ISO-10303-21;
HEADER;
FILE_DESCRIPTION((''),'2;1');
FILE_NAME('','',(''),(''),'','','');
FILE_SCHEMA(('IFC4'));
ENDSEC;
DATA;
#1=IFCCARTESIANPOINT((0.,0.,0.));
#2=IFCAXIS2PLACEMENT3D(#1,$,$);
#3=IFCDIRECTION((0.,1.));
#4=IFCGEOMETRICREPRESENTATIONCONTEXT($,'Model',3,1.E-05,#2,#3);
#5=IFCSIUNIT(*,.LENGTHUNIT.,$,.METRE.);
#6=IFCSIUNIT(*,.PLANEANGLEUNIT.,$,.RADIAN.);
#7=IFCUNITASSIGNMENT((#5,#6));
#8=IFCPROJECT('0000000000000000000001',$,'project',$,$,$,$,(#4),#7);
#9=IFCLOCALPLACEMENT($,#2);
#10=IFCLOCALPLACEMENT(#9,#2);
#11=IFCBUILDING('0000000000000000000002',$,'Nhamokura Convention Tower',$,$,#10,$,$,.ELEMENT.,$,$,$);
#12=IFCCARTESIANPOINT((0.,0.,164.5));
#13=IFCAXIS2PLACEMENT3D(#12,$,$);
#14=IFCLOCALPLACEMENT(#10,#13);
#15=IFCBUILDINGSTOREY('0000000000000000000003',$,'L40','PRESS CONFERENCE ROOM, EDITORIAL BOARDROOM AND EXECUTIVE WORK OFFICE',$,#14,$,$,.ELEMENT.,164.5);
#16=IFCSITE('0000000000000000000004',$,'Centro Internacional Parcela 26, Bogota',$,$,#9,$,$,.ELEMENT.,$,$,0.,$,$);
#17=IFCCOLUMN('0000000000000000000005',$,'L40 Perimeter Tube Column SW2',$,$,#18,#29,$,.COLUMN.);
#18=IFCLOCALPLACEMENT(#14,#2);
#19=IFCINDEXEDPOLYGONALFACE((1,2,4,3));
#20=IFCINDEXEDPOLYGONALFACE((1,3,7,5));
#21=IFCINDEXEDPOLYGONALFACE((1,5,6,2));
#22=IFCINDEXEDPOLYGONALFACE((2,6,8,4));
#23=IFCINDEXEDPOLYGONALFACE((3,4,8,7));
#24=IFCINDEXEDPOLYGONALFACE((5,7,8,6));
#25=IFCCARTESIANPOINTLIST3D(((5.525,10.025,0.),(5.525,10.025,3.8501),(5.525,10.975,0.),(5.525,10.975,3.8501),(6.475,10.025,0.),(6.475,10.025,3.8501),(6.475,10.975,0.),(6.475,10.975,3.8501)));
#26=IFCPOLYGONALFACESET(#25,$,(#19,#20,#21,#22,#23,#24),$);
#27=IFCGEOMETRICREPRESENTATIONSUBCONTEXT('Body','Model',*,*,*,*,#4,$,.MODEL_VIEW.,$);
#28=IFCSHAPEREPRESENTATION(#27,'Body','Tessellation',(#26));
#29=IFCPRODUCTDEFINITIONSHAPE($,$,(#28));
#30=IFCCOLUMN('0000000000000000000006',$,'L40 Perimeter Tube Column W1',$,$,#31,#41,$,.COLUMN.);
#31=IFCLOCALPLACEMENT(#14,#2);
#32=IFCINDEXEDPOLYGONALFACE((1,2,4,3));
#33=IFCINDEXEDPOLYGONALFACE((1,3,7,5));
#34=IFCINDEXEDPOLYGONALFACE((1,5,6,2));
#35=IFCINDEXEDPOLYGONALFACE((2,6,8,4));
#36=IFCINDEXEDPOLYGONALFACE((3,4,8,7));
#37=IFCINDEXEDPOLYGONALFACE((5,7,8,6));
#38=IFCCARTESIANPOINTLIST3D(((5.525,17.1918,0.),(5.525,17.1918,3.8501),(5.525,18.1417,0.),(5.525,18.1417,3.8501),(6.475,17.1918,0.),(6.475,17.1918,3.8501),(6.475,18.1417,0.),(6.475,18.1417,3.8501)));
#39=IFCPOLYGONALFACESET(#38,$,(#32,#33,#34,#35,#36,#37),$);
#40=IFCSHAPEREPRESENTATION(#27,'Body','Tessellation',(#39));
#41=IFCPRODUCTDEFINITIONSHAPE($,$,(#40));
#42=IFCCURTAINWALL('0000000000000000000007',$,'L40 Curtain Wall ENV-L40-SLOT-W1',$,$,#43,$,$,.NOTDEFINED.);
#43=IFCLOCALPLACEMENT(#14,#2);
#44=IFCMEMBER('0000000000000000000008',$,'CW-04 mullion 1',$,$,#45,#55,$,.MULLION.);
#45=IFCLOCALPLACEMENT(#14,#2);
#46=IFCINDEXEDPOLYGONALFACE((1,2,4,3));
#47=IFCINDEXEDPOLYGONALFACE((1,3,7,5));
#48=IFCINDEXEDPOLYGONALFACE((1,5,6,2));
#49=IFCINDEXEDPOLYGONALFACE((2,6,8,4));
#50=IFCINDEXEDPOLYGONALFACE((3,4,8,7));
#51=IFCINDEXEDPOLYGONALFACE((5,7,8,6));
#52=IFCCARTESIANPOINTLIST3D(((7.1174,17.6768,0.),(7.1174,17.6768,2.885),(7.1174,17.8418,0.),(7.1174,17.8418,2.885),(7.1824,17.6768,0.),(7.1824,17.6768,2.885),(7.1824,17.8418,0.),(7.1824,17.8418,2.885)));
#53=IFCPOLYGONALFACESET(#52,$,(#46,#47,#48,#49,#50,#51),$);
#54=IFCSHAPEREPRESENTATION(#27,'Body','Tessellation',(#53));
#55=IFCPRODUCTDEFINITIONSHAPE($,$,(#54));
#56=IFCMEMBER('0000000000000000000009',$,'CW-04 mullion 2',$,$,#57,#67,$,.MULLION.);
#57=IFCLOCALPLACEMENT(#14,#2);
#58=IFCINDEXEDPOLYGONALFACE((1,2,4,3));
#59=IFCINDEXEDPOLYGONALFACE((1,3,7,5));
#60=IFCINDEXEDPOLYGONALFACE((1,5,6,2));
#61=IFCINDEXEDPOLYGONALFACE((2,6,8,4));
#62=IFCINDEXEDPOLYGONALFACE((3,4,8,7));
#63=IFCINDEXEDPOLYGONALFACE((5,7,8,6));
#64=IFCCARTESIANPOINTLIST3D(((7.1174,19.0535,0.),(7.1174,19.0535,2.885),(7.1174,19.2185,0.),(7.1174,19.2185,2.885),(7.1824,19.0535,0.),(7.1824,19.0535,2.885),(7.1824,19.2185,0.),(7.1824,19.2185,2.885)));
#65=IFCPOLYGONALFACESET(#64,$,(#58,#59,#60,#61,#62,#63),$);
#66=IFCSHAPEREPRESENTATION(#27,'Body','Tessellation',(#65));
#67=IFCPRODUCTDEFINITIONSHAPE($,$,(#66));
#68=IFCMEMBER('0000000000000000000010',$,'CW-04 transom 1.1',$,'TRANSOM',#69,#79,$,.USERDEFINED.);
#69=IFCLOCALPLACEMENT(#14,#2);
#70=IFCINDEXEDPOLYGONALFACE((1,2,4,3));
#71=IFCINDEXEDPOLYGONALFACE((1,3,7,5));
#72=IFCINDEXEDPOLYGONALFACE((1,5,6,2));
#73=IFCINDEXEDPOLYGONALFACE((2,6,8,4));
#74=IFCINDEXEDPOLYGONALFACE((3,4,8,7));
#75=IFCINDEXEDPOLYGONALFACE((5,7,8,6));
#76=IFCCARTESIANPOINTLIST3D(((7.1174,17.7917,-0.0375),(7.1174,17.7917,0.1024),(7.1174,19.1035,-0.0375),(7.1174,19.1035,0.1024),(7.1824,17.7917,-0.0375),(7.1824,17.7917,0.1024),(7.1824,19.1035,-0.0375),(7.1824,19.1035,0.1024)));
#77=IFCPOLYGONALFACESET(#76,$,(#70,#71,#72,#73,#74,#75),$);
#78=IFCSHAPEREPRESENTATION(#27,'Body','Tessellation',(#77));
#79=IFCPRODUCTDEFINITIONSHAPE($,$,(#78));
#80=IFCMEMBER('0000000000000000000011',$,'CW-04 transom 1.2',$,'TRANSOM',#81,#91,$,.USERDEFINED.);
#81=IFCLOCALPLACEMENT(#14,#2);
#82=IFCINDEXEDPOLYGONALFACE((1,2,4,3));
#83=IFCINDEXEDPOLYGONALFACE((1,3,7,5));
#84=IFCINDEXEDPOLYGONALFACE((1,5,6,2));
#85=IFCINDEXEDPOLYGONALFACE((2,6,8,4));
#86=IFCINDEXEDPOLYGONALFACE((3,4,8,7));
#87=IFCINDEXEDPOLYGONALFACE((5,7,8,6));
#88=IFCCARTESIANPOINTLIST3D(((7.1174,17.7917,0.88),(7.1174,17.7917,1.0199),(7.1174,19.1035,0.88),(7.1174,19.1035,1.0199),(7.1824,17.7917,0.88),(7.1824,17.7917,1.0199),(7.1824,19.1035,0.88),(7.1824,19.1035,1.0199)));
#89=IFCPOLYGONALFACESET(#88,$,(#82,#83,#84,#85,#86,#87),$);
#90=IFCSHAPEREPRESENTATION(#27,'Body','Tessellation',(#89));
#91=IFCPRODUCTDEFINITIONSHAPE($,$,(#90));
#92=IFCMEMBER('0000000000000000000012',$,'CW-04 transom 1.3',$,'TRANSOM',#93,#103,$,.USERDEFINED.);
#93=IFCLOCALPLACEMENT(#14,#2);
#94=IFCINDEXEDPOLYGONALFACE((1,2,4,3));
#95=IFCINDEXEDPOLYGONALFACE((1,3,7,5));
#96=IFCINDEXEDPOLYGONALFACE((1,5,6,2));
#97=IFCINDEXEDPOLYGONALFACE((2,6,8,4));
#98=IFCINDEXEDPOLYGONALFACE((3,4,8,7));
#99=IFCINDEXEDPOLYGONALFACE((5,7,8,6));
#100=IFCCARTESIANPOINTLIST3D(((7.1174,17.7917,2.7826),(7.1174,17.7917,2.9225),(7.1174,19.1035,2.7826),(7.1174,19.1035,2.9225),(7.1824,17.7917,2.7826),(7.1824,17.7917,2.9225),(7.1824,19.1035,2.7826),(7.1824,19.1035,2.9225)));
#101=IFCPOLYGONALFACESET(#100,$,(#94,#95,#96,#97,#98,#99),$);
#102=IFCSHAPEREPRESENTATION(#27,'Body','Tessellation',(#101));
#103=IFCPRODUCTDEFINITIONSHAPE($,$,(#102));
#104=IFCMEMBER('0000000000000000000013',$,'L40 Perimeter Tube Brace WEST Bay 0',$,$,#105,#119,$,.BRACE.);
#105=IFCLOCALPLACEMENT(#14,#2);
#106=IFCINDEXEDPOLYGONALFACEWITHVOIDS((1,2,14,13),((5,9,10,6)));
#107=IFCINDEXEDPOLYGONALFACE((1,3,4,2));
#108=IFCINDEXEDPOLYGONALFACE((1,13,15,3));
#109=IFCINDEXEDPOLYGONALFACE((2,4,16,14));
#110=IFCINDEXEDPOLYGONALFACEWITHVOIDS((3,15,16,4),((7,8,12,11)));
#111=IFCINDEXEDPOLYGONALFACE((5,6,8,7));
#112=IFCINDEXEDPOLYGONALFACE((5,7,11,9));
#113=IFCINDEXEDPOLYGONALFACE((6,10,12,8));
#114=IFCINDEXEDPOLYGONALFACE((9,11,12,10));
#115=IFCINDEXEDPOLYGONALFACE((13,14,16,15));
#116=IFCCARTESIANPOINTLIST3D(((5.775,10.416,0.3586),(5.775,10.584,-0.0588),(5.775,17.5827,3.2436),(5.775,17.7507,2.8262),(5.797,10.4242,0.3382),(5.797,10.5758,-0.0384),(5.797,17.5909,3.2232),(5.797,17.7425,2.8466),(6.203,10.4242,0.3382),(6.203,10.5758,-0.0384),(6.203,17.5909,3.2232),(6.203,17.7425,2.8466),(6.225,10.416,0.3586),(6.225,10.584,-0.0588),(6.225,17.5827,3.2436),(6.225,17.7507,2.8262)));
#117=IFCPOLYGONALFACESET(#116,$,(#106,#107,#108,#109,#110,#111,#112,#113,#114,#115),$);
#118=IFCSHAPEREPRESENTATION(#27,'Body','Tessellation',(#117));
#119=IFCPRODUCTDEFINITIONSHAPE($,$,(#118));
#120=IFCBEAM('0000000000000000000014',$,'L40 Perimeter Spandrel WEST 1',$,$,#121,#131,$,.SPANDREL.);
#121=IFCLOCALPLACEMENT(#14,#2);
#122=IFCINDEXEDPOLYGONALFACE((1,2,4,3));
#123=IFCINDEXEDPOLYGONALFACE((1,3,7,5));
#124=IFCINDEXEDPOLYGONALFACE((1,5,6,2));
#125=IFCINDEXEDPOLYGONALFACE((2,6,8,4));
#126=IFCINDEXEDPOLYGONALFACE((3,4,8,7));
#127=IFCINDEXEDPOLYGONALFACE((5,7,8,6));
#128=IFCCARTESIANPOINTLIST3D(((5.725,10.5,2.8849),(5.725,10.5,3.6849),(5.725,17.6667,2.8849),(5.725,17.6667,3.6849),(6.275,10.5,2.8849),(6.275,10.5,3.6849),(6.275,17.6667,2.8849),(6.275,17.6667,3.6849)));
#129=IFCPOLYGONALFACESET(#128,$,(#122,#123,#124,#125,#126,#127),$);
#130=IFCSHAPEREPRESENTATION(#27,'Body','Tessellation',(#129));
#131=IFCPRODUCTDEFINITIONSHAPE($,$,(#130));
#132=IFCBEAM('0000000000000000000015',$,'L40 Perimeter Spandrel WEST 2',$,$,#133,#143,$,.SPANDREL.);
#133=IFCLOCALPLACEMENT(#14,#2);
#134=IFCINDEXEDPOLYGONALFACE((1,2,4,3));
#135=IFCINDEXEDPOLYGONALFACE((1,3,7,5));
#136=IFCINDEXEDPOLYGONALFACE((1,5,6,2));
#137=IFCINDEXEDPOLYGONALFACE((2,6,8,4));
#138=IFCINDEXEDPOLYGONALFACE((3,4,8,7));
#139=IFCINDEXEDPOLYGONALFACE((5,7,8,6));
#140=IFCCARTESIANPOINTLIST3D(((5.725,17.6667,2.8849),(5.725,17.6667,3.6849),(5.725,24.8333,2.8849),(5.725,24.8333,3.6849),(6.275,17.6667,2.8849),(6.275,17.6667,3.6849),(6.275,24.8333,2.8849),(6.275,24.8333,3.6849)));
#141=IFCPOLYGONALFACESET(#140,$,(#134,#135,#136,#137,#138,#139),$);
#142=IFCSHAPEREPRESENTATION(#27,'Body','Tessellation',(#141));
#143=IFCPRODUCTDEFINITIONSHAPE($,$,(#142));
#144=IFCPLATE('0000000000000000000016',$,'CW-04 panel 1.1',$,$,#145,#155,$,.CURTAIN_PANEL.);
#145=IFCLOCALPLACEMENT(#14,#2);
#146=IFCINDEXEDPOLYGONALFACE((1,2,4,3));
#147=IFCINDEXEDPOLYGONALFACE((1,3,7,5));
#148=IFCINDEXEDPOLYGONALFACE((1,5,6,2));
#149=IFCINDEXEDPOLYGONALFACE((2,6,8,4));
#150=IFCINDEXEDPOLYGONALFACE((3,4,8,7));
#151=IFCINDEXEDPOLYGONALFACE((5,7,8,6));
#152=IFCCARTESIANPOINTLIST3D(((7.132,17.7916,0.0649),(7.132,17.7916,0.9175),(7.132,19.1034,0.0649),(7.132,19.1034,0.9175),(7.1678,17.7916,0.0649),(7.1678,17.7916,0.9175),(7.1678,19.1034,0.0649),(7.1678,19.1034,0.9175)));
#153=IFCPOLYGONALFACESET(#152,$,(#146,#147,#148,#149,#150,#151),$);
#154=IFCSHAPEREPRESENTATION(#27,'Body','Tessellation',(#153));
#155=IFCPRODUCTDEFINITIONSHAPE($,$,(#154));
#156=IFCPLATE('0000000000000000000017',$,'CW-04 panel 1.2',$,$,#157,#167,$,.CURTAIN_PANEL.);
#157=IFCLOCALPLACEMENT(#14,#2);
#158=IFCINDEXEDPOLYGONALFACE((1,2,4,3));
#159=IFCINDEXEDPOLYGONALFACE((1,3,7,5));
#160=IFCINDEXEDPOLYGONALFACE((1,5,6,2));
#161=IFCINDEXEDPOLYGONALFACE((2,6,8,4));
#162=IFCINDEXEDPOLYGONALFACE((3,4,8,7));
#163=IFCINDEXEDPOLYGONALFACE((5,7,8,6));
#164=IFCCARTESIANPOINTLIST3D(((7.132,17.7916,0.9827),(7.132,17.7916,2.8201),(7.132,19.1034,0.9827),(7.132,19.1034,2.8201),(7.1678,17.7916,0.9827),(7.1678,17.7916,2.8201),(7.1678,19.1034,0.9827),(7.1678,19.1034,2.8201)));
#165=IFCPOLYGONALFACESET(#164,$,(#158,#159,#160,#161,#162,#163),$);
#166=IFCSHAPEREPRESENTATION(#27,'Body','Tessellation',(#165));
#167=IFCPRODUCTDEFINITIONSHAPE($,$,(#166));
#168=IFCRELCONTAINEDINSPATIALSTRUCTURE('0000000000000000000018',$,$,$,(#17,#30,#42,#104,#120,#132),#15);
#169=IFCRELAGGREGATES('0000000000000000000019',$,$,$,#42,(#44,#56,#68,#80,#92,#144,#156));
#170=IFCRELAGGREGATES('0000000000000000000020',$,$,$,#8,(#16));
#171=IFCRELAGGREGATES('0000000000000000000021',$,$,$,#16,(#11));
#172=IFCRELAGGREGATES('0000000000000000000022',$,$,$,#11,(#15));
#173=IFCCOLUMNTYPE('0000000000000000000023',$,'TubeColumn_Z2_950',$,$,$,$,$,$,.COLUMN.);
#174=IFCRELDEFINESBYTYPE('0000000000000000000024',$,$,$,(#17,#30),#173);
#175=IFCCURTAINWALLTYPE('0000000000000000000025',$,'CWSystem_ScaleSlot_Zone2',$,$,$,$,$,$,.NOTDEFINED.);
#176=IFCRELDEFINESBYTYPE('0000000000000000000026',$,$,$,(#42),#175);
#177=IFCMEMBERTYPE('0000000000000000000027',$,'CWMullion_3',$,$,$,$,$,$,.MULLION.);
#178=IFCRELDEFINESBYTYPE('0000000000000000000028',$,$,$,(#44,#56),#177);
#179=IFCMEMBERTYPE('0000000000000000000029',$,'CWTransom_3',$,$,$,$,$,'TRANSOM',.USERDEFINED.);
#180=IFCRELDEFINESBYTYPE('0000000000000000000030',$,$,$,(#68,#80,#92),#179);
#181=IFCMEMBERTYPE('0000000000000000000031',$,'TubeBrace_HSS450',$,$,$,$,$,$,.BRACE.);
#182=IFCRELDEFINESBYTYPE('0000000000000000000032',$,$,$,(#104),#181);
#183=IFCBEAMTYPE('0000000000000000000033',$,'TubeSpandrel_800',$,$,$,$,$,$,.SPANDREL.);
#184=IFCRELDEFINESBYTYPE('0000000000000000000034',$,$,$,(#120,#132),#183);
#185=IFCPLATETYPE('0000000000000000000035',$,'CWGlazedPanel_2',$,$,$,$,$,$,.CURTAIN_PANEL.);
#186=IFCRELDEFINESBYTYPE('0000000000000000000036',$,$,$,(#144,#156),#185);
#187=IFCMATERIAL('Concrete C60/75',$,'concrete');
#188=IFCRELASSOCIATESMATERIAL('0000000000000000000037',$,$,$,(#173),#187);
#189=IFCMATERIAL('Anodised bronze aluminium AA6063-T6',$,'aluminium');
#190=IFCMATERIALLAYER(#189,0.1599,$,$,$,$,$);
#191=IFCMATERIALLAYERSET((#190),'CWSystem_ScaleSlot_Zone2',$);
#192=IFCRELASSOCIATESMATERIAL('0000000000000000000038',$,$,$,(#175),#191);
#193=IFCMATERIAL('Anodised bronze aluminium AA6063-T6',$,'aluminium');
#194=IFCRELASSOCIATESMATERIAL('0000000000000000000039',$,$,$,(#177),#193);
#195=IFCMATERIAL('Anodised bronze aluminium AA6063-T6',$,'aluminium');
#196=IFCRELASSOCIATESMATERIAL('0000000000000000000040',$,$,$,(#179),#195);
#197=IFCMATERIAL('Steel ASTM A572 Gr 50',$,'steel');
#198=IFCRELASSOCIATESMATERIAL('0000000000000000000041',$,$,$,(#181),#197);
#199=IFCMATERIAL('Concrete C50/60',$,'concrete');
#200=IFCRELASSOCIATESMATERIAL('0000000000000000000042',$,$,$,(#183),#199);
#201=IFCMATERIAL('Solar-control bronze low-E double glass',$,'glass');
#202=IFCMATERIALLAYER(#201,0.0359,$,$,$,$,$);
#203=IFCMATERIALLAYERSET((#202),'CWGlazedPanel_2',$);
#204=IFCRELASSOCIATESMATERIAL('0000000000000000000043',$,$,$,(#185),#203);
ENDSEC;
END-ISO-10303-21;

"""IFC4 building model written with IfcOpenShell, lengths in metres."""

from ifc_helpers import new_model, si_unit, direction, frame, origin, origin_2d, place, context, subcontext, project, spatial, rectangle, hollow_rectangle, extrude, material, layer, layer_set, material_profile, profile_set, type_object, element, aggregate, save


model = new_model("IFC4")

# Units and contexts
model_context = context("Model", 3, precision=1e-05, world=origin(), true_north=direction((0.0, 1.0)))
body_context = subcontext(model_context, "Body", "Model", "MODEL_VIEW")
ifc_project = project(units=[si_unit("LENGTHUNIT", "METRE"), si_unit("PLANEANGLEUNIT", "RADIAN")], contexts=[model_context])

# Site, building, storey
site_placement = place(None, origin())
site = spatial("IfcSite", under=ifc_project, at=site_placement, Name="Centro Internacional Parcela 26, Bogota", CompositionType="ELEMENT", RefElevation=0.0)
building_placement = place(site_placement, origin())
building = spatial("IfcBuilding", under=site, at=building_placement, Name="Nhamokura Convention Tower", CompositionType="ELEMENT")
storey_placement = place(building_placement, frame((0.0, 0.0, 164.5)))
storey = spatial("IfcBuildingStorey", under=building, at=storey_placement, Name="L40", Description="PRESS CONFERENCE ROOM, EDITORIAL BOARDROOM AND EXECUTIVE WORK OFFICE", CompositionType="ELEMENT", Elevation=164.5)

# Columns
ifc_material_1 = material(Name="Concrete C60/75", Category="concrete")
ifc_material_profile_1 = material_profile(ifc_material_1, rectangle(XDim=0.95, YDim=0.95, at=origin_2d()))
ifc_profile_set_1 = profile_set([ifc_material_profile_1], Name="Concrete C60/75")
column_type = type_object("IfcColumnType", Name="TubeColumn_Z2_950", PredefinedType="COLUMN", material=ifc_profile_set_1)
for number, where, z_axis, x_axis, name in (
    (1, (6.0, 10.5, 0.0), (0.0, 0.0, 1.0), (1.0, 0.0, 0.0), "L40 Perimeter Tube Column SW2"),
    (2, (6.0, 17.6667, 0.0), (0.0, 0.0, 1.0), (1.0, 0.0, 0.0), "L40 Perimeter Tube Column W1"),
):
    element("IfcColumn", number, at=place(storey_placement, frame(where, z_axis=z_axis, x_axis=x_axis)), inside=storey, type_object=column_type, Name=name, PredefinedType="COLUMN", context=body_context, shape_type="SweptSolid", body=[
        extrude(rectangle(XDim=0.95, YDim=0.95, at=origin_2d()), origin(), (0.0, 0.0, 1.0), 3.8501),
    ])

# Curtain wall, members
ifc_material_2 = material(Name="Anodised bronze aluminium AA6063-T6", Category="aluminium")
ifc_layer_1 = layer(ifc_material_2, 0.1599)
ifc_layer_set_1 = layer_set([ifc_layer_1], Name="CWSystem_ScaleSlot_Zone2")
curtain_wall_type = type_object("IfcCurtainWallType", Name="CWSystem_ScaleSlot_Zone2", PredefinedType="NOTDEFINED", material=ifc_layer_set_1)
curtain_wall_placement = place(storey_placement, origin())
curtain_wall = element("IfcCurtainWall", 3, at=curtain_wall_placement, inside=storey, type_object=curtain_wall_type, Name="L40 Curtain Wall ENV-L40-SLOT-W1", PredefinedType="NOTDEFINED")
ifc_material_3 = material(Name="Anodised bronze aluminium AA6063-T6", Category="aluminium")
ifc_material_profile_2 = material_profile(ifc_material_3, rectangle(XDim=0.0649, YDim=0.165, at=origin_2d()))
ifc_profile_set_2 = profile_set([ifc_material_profile_2], Name="Anodised bronze aluminium AA6063-T6")
member_type_1 = type_object("IfcMemberType", Name="CWMullion_3", PredefinedType="MULLION", material=ifc_profile_set_2)
member_1_placement = place(storey_placement, frame((7.1499, 17.7593, 0.0), z_axis=(0.0, 0.0, 1.0), x_axis=(-1.0, 0.0, 0.0)))
member_1 = element("IfcMember", 4, at=member_1_placement, type_object=member_type_1, Name="CW-04 mullion 1", PredefinedType="MULLION", context=body_context, shape_type="SweptSolid", body=[
    extrude(rectangle(XDim=0.0649, YDim=0.165, at=origin_2d()), origin(), (0.0, 0.0, 1.0), 2.885),
])
member_2_placement = place(storey_placement, frame((7.1499, 19.136, 0.0), z_axis=(0.0, 0.0, 1.0), x_axis=(-1.0, 0.0, 0.0)))
member_2 = element("IfcMember", 5, at=member_2_placement, type_object=member_type_1, Name="CW-04 mullion 2", PredefinedType="MULLION", context=body_context, shape_type="SweptSolid", body=[
    extrude(rectangle(XDim=0.0649, YDim=0.165, at=origin_2d()), origin(), (0.0, 0.0, 1.0), 2.885),
])
ifc_material_4 = material(Name="Anodised bronze aluminium AA6063-T6", Category="aluminium")
ifc_material_profile_3 = material_profile(ifc_material_4, rectangle(XDim=0.0649, YDim=0.1399, at=origin_2d()))
ifc_profile_set_3 = profile_set([ifc_material_profile_3], Name="Anodised bronze aluminium AA6063-T6")
member_type_2 = type_object("IfcMemberType", Name="CWTransom_3", ElementType="TRANSOM", PredefinedType="USERDEFINED", material=ifc_profile_set_3)
member_3_placement = place(storey_placement, frame((7.1499, 17.7917, 0.0325), z_axis=(0.0, 1.0, 0.0), x_axis=(-1.0, 0.0, 0.0)))
member_3 = element("IfcMember", 6, at=member_3_placement, type_object=member_type_2, Name="CW-04 transom 1.1", ObjectType="TRANSOM", PredefinedType="USERDEFINED", context=body_context, shape_type="SweptSolid", body=[
    extrude(rectangle(XDim=0.0649, YDim=0.1399, at=origin_2d()), origin(), (0.0, 0.0, 1.0), 1.3118),
])
member_4_placement = place(storey_placement, frame((7.1499, 17.7917, 0.95), z_axis=(0.0, 1.0, 0.0), x_axis=(-1.0, 0.0, 0.0)))
member_4 = element("IfcMember", 7, at=member_4_placement, type_object=member_type_2, Name="CW-04 transom 1.2", ObjectType="TRANSOM", PredefinedType="USERDEFINED", context=body_context, shape_type="SweptSolid", body=[
    extrude(rectangle(XDim=0.0649, YDim=0.1399, at=origin_2d()), origin(), (0.0, 0.0, 1.0), 1.3118),
])
member_5_placement = place(storey_placement, frame((7.1499, 17.7917, 2.8525), z_axis=(0.0, 1.0, 0.0), x_axis=(-1.0, 0.0, 0.0)))
member_5 = element("IfcMember", 8, at=member_5_placement, type_object=member_type_2, Name="CW-04 transom 1.3", ObjectType="TRANSOM", PredefinedType="USERDEFINED", context=body_context, shape_type="SweptSolid", body=[
    extrude(rectangle(XDim=0.0649, YDim=0.1399, at=origin_2d()), origin(), (0.0, 0.0, 1.0), 1.3118),
])

# Member
ifc_material_5 = material(Name="Steel ASTM A572 Gr 50", Category="steel")
ifc_material_profile_4 = material_profile(ifc_material_5, hollow_rectangle(XDim=0.45, YDim=0.45, WallThickness=0.022, at=origin_2d()))
ifc_profile_set_4 = profile_set([ifc_material_profile_4], Name="Steel ASTM A572 Gr 50")
member_type_3 = type_object("IfcMemberType", Name="TubeBrace_HSS450", PredefinedType="BRACE", material=ifc_profile_set_4)
member_6_placement = place(storey_placement, frame((6.0, 10.5, 0.1499), z_axis=(0.0, 0.927657, 0.373433), x_axis=(-1.0, 0.0, 0.0)))
element("IfcMember", 9, at=member_6_placement, inside=storey, type_object=member_type_3, Name="L40 Perimeter Tube Brace WEST Bay 0", PredefinedType="BRACE", context=body_context, shape_type="SweptSolid", body=[
    extrude(hollow_rectangle(XDim=0.45, YDim=0.45, WallThickness=0.022, at=origin_2d()), origin(), (0.0, 0.0, 1.0), 7.7256),
])

# Beams
ifc_material_6 = material(Name="Concrete C50/60", Category="concrete")
ifc_material_profile_5 = material_profile(ifc_material_6, rectangle(XDim=0.55, YDim=0.8, at=origin_2d()))
ifc_profile_set_5 = profile_set([ifc_material_profile_5], Name="Concrete C50/60")
beam_type = type_object("IfcBeamType", Name="TubeSpandrel_800", PredefinedType="SPANDREL", material=ifc_profile_set_5)
beam_1_placement = place(storey_placement, frame((6.0, 10.5, 3.2849), z_axis=(0.0, 1.0, 0.0), x_axis=(-1.0, 0.0, 0.0)))
element("IfcBeam", 10, at=beam_1_placement, inside=storey, type_object=beam_type, Name="L40 Perimeter Spandrel WEST 1", PredefinedType="SPANDREL", context=body_context, shape_type="SweptSolid", body=[
    extrude(rectangle(XDim=0.55, YDim=0.8, at=origin_2d()), origin(), (0.0, 0.0, 1.0), 7.1667),
])
beam_2_placement = place(storey_placement, frame((6.0, 17.6667, 3.2849), z_axis=(0.0, 1.0, 0.0), x_axis=(-1.0, 0.0, 0.0)))
element("IfcBeam", 11, at=beam_2_placement, inside=storey, type_object=beam_type, Name="L40 Perimeter Spandrel WEST 2", PredefinedType="SPANDREL", context=body_context, shape_type="SweptSolid", body=[
    extrude(rectangle(XDim=0.55, YDim=0.8, at=origin_2d()), origin(), (0.0, 0.0, 1.0), 7.1665),
])

# Plates
ifc_material_7 = material(Name="Solar-control bronze low-E double glass", Category="glass")
ifc_layer_2 = layer(ifc_material_7, 0.0359)
ifc_layer_set_2 = layer_set([ifc_layer_2], Name="CWGlazedPanel_2")
plate_type = type_object("IfcPlateType", Name="CWGlazedPanel_2", PredefinedType="CURTAIN_PANEL", material=ifc_layer_set_2)
plate_1_placement = place(storey_placement, frame((7.1499, 18.4475, 0.0649), z_axis=(0.0, 0.0, 1.0), x_axis=(0.0, 1.0, 0.0)))
plate_1 = element("IfcPlate", 12, at=plate_1_placement, type_object=plate_type, Name="CW-04 panel 1.1", PredefinedType="CURTAIN_PANEL", context=body_context, shape_type="SweptSolid", body=[
    extrude(rectangle(XDim=1.3118, YDim=0.0359, at=origin_2d()), origin(), (0.0, 0.0, 1.0), 0.8525),
])
plate_2_placement = place(storey_placement, frame((7.1499, 18.4475, 0.9827), z_axis=(0.0, 0.0, 1.0), x_axis=(0.0, 1.0, 0.0)))
plate_2 = element("IfcPlate", 13, at=plate_2_placement, type_object=plate_type, Name="CW-04 panel 1.2", PredefinedType="CURTAIN_PANEL", context=body_context, shape_type="SweptSolid", body=[
    extrude(rectangle(XDim=1.3118, YDim=0.0359, at=origin_2d()), origin(), (0.0, 0.0, 1.0), 1.8374),
])
aggregate(curtain_wall, [member_1, member_2, member_3, member_4, member_5, plate_1, plate_2])

save(model, "model.ifc")
